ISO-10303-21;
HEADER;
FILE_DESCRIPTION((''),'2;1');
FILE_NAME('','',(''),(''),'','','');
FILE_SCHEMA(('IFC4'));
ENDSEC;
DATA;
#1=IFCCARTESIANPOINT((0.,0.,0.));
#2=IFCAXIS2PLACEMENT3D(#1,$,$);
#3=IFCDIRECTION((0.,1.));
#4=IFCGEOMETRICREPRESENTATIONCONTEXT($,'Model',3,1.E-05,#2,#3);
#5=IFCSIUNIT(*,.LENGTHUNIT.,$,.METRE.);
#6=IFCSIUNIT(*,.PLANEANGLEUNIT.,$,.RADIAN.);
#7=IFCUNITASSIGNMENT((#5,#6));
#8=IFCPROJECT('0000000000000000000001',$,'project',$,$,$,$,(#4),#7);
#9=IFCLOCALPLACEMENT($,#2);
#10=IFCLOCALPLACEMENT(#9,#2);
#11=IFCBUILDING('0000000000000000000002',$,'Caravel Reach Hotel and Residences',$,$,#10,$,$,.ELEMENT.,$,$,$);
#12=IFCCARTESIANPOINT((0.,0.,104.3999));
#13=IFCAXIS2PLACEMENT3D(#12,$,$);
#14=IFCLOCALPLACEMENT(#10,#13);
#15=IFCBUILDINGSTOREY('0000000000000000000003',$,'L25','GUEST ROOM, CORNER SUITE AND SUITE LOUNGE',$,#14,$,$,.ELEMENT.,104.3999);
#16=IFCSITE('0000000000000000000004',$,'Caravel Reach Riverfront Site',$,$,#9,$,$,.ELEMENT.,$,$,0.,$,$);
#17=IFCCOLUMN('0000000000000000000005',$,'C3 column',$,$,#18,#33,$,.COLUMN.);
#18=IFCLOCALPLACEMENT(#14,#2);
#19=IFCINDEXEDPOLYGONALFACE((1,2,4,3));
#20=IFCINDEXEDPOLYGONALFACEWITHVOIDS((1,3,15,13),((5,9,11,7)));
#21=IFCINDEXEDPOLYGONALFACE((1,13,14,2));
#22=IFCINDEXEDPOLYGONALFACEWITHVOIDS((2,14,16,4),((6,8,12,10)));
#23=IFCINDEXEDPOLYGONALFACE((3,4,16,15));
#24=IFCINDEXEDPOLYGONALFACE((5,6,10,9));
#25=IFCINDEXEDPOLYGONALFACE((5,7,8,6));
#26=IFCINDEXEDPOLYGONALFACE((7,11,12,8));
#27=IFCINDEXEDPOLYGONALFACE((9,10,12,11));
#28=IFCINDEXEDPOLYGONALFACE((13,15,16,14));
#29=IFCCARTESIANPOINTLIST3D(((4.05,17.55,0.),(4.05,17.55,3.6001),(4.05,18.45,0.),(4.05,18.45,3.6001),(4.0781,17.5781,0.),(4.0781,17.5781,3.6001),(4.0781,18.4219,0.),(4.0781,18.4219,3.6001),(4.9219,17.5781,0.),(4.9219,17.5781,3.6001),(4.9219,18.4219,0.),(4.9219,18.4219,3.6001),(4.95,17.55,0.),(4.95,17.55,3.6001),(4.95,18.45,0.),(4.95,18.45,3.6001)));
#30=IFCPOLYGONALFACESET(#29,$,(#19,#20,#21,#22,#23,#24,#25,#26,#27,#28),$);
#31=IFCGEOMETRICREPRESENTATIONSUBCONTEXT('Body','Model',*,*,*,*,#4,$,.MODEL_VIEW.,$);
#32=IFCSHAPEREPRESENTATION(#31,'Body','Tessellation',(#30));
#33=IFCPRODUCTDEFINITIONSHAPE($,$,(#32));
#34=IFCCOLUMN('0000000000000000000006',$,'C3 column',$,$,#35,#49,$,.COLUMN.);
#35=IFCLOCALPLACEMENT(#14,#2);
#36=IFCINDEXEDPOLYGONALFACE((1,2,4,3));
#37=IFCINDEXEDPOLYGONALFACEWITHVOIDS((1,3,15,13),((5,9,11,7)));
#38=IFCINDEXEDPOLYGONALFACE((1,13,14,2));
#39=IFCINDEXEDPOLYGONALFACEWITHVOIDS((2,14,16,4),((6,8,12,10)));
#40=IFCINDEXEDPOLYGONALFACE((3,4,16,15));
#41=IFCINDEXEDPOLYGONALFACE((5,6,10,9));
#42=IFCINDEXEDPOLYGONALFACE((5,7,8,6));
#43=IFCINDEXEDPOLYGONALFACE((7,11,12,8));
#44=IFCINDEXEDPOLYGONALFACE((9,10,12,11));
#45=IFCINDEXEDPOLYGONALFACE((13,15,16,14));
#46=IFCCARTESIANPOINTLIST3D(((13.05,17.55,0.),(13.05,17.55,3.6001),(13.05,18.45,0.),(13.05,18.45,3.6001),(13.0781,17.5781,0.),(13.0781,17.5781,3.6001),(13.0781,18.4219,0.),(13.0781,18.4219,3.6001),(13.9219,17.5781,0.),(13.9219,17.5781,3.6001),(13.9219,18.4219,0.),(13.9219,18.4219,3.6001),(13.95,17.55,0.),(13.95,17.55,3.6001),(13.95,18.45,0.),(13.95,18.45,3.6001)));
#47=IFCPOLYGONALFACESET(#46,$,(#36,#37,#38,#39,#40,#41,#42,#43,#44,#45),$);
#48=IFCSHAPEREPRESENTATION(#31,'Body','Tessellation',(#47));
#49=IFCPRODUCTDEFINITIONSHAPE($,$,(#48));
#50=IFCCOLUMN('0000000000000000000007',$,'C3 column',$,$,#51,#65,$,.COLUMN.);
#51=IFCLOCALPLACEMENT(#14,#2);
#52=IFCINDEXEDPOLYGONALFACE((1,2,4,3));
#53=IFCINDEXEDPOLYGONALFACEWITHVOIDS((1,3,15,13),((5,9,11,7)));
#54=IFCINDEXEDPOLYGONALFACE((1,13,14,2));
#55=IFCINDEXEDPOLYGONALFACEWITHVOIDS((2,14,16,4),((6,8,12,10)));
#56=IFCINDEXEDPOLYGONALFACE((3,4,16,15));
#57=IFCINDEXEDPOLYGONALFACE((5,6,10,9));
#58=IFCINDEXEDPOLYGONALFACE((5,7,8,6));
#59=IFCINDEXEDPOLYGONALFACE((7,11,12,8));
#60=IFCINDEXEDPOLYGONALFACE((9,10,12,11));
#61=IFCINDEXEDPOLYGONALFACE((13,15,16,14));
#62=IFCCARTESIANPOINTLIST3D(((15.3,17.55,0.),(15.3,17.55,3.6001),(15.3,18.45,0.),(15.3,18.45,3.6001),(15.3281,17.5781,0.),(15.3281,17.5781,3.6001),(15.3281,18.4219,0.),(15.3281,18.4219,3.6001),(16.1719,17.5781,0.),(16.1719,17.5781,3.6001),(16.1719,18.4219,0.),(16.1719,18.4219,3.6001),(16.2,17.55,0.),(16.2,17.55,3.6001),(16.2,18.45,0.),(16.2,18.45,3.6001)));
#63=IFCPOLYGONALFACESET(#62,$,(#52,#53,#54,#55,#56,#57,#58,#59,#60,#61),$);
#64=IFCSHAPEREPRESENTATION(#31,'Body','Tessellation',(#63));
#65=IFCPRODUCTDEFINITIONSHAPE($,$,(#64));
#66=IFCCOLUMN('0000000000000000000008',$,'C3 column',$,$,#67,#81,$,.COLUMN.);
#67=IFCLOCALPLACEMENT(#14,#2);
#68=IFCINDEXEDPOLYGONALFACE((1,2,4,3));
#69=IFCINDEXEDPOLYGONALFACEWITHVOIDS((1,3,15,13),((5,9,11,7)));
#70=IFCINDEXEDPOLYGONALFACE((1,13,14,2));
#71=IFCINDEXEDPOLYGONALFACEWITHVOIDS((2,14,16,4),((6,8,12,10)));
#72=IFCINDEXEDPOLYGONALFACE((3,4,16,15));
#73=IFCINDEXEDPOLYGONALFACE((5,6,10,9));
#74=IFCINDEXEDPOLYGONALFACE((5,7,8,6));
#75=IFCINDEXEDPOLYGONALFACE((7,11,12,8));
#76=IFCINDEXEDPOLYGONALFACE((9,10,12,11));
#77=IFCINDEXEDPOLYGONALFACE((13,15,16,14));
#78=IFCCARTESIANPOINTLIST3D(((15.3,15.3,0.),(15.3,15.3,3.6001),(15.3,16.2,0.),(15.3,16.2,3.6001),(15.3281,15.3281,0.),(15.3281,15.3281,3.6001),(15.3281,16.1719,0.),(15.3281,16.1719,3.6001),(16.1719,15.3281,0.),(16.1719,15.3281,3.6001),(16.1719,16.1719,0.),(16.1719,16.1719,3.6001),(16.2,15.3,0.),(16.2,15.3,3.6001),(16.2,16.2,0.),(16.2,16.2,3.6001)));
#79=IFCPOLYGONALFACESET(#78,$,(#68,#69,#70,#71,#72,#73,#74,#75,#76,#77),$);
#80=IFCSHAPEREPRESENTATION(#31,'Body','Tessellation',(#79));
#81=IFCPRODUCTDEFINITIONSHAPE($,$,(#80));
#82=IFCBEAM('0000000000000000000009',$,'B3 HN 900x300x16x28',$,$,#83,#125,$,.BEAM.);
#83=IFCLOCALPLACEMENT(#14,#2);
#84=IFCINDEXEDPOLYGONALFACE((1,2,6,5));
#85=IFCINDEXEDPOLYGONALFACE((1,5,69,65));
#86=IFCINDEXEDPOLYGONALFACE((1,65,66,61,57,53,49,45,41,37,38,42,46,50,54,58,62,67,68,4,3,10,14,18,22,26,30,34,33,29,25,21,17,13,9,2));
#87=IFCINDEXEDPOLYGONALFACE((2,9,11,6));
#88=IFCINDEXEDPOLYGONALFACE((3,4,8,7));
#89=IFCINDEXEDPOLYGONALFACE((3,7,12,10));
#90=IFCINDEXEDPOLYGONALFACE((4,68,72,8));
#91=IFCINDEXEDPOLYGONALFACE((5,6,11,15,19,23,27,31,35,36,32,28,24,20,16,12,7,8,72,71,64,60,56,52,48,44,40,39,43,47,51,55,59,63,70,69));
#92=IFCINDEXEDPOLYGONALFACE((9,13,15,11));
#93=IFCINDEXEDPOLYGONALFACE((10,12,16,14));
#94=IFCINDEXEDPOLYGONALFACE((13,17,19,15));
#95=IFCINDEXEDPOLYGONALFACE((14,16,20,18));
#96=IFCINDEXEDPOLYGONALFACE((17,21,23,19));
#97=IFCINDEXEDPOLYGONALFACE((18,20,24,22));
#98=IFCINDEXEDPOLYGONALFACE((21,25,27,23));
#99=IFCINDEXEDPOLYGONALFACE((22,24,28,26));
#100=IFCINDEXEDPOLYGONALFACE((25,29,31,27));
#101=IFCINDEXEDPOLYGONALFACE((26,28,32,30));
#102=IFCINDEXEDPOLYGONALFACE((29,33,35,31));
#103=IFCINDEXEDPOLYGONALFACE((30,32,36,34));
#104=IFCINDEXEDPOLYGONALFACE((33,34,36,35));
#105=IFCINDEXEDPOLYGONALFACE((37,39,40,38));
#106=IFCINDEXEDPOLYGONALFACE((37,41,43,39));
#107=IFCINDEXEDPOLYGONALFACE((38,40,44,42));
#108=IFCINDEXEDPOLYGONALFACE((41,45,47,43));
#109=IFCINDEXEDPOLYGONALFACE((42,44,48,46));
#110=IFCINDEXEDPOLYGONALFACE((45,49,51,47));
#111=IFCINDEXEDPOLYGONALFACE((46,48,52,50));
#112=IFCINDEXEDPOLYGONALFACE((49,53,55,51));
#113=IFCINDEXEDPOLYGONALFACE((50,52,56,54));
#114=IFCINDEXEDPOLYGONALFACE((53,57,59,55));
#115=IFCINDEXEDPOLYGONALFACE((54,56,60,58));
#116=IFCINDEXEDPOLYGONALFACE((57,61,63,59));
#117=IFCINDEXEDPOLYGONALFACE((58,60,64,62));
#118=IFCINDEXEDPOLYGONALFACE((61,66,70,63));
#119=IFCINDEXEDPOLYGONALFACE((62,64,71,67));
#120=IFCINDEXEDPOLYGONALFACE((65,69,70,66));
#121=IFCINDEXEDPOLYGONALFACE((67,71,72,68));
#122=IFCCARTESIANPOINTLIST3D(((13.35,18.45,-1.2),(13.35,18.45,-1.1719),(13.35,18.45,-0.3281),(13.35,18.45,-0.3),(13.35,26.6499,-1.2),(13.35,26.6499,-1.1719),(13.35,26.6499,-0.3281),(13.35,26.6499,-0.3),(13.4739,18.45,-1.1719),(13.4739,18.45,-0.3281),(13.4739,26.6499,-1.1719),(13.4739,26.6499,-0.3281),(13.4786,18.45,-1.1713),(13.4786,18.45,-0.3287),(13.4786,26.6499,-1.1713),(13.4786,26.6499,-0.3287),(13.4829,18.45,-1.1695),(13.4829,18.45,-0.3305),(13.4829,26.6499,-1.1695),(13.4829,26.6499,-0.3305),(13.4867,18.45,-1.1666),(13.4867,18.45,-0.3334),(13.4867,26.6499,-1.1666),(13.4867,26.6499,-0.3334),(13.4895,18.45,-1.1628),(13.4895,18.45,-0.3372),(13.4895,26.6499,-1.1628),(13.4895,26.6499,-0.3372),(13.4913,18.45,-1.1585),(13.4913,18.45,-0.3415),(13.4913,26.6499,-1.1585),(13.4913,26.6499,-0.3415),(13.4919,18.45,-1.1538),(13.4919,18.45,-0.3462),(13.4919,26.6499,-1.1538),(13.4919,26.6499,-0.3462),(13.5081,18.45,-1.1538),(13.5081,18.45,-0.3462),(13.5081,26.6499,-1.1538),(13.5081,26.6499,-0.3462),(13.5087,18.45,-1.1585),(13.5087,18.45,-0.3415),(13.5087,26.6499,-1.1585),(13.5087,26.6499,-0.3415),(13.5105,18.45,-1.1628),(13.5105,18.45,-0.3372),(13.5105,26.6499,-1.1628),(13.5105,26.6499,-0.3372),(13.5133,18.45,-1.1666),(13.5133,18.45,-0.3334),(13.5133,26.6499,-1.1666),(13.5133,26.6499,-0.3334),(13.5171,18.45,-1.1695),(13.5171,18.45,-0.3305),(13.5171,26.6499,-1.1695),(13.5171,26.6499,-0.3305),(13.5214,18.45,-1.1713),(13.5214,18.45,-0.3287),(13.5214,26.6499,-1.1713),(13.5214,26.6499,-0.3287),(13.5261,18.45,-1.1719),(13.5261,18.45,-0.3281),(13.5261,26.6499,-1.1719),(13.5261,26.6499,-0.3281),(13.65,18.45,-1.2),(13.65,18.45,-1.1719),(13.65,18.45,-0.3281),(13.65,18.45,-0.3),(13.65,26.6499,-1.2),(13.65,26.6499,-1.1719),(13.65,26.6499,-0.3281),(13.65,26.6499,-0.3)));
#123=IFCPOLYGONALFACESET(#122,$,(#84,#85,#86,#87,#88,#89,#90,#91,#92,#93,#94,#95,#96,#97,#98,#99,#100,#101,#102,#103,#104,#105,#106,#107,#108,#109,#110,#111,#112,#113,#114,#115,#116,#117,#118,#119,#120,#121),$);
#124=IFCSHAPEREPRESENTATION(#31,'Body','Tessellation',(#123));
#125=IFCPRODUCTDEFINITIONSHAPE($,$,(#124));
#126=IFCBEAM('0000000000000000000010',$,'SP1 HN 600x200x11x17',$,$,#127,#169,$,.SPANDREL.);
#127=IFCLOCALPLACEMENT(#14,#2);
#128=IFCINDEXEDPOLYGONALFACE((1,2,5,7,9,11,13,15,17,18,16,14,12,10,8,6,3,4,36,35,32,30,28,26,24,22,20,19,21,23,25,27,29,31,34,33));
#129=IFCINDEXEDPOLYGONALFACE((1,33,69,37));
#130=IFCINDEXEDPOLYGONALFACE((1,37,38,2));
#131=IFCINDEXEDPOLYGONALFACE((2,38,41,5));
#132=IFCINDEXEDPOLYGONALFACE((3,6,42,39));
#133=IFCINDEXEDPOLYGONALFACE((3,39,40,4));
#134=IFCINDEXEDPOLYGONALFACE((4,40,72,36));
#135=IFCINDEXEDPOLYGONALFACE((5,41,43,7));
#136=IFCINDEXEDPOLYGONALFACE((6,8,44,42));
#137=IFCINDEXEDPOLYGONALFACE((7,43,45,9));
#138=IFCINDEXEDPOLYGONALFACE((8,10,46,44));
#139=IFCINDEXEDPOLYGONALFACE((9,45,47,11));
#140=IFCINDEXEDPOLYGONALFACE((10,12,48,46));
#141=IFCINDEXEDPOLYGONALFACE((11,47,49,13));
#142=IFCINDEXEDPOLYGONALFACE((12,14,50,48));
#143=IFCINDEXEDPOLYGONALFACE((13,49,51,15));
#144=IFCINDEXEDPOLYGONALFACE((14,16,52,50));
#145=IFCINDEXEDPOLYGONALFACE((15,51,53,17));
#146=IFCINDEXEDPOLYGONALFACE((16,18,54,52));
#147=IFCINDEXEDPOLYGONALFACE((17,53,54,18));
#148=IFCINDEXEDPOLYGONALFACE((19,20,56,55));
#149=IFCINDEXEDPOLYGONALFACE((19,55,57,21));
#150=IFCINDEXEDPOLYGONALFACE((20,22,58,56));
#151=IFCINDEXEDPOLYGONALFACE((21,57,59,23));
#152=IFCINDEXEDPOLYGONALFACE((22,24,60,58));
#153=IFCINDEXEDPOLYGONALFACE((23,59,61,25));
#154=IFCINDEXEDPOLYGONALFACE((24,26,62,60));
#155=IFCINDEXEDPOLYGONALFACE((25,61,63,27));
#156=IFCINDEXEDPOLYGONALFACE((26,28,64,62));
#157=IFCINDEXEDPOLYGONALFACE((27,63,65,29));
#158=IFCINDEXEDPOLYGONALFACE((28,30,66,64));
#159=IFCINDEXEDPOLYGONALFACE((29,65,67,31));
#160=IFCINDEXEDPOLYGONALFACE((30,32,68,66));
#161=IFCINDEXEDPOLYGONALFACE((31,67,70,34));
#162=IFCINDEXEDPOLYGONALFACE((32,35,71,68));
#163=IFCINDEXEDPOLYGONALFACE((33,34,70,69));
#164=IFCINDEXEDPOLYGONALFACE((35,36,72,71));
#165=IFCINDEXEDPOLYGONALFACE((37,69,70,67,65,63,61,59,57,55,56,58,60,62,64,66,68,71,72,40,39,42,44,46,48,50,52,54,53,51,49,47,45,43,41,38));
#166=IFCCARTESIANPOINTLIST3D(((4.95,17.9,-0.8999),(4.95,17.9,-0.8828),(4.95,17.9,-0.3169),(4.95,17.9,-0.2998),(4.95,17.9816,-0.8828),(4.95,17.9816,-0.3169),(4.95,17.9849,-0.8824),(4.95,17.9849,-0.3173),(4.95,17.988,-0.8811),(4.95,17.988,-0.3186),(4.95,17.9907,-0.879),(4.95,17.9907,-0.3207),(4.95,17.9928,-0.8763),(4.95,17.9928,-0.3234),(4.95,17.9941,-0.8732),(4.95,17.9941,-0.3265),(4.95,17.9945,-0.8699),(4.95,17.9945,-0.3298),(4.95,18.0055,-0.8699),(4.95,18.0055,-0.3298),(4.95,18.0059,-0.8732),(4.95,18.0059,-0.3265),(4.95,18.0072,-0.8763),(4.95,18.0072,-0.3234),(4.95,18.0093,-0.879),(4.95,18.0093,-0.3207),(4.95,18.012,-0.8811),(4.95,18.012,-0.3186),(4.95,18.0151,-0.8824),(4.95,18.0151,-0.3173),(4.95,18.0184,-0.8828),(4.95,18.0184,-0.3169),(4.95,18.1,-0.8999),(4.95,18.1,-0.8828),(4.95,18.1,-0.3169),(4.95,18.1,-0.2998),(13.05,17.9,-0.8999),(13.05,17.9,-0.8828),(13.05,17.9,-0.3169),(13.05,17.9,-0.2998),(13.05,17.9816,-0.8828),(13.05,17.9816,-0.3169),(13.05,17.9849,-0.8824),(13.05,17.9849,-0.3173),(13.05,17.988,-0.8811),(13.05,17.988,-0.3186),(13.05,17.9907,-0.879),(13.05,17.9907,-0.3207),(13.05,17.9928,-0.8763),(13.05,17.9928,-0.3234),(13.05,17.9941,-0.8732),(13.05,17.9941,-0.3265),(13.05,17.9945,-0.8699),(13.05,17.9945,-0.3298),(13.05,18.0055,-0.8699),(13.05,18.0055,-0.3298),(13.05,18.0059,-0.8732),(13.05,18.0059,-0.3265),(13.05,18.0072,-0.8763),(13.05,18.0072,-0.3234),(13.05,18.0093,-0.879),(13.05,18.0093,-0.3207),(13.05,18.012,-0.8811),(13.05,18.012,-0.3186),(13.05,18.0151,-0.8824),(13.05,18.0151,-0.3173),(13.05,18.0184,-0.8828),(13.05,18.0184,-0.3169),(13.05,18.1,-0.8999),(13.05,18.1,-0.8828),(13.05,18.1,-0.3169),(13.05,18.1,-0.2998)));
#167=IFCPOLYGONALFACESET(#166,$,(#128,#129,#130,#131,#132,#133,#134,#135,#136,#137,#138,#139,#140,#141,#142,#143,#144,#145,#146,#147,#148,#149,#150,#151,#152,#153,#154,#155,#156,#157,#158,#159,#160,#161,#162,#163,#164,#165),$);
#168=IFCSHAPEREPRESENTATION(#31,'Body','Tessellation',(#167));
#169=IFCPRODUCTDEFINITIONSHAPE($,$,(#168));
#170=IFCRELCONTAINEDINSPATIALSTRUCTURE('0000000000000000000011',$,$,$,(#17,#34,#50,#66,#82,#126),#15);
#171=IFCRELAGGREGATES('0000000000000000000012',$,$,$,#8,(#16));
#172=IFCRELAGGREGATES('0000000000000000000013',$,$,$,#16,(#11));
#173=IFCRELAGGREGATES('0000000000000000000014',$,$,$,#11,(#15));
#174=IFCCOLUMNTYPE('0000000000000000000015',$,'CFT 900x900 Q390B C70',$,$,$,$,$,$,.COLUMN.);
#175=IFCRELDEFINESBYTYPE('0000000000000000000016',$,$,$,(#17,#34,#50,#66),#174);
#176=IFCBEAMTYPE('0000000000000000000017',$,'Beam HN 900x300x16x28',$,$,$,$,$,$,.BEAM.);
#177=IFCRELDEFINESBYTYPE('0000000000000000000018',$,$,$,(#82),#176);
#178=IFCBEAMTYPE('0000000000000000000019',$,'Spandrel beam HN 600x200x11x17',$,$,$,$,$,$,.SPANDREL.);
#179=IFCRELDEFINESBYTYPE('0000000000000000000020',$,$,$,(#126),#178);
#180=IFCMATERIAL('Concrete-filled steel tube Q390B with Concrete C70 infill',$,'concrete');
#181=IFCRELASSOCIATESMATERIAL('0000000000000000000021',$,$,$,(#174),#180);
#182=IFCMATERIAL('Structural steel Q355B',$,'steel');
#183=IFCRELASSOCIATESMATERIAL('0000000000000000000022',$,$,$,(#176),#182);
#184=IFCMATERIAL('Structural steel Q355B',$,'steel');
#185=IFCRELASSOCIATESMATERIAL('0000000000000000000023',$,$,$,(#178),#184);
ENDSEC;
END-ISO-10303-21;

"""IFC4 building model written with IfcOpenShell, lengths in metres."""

from ifc_helpers import new_model, si_unit, direction, frame, origin, origin_2d, place, context, subcontext, project, spatial, hollow_rectangle, i_section, extrude, material, material_profile, profile_set, type_object, element, save


model = new_model("IFC4")

# Units and contexts
model_context = context("Model", 3, precision=1e-05, world=origin(), true_north=direction((0.0, 1.0)))
body_context = subcontext(model_context, "Body", "Model", "MODEL_VIEW")
ifc_project = project(units=[si_unit("LENGTHUNIT", "METRE"), si_unit("PLANEANGLEUNIT", "RADIAN")], contexts=[model_context])

# Site, building, storey
site_placement = place(None, origin())
site = spatial("IfcSite", under=ifc_project, at=site_placement, Name="Caravel Reach Riverfront Site", CompositionType="ELEMENT", RefElevation=0.0)
building_placement = place(site_placement, origin())
building = spatial("IfcBuilding", under=site, at=building_placement, Name="Caravel Reach Hotel and Residences", CompositionType="ELEMENT")
storey_placement = place(building_placement, frame((0.0, 0.0, 104.3999)))
storey = spatial("IfcBuildingStorey", under=building, at=storey_placement, Name="L25", Description="GUEST ROOM, CORNER SUITE AND SUITE LOUNGE", CompositionType="ELEMENT", Elevation=104.3999)

# Columns
ifc_material_1 = material(Name="Concrete-filled steel tube Q390B with Concrete C70 infill", Category="concrete")
ifc_material_profile_1 = material_profile(ifc_material_1, hollow_rectangle(XDim=0.8999, YDim=0.8999, WallThickness=0.0281, at=origin_2d()), Name="RHS 900x900x28")
ifc_profile_set_1 = profile_set([ifc_material_profile_1], Name="Concrete-filled steel tube Q390B with Concrete C70 infill")
column_type = type_object("IfcColumnType", Name="CFT 900x900 Q390B C70", PredefinedType="COLUMN", material=ifc_profile_set_1)
for number, where, z_axis, x_axis, name in (
    (1, (4.5, 18.0, 0.0), (0.0, 0.0, 1.0), (1.0, 0.0, 0.0), "C3 column"),
    (2, (13.5, 18.0, 0.0), (0.0, 0.0, 1.0), (1.0, 0.0, 0.0), "C3 column"),
    (3, (15.75, 18.0, 0.0), (0.0, 0.0, 1.0), (1.0, 0.0, 0.0), "C3 column"),
    (4, (15.75, 15.75, 0.0), (0.0, 0.0, 1.0), (1.0, 0.0, 0.0), "C3 column"),
):
    element("IfcColumn", number, at=place(storey_placement, frame(where, z_axis=z_axis, x_axis=x_axis)), inside=storey, type_object=column_type, Name=name, PredefinedType="COLUMN", context=body_context, shape_type="SweptSolid", body=[
        extrude(hollow_rectangle(XDim=0.8999, YDim=0.8999, WallThickness=0.0281, at=origin_2d()), origin(), (0.0, 0.0, 1.0), 3.6001),
    ])

# Beams
ifc_material_2 = material(Name="Structural steel Q355B", Category="steel")
ifc_material_profile_2 = material_profile(ifc_material_2, i_section(OverallWidth=0.3, OverallDepth=0.8999, WebThickness=0.0161, FlangeThickness=0.0281, FilletRadius=0.0181, at=origin_2d()), Name="HN 900x300x16x28")
ifc_profile_set_2 = profile_set([ifc_material_profile_2], Name="Structural steel Q355B")
beam_type_1 = type_object("IfcBeamType", Name="Beam HN 900x300x16x28", PredefinedType="BEAM", material=ifc_profile_set_2)
beam_1_placement = place(storey_placement, frame((13.5, 18.45, -0.75), z_axis=(0.0, 1.0, 0.0), x_axis=(-1.0, 0.0, 0.0)))
element("IfcBeam", 5, at=beam_1_placement, inside=storey, type_object=beam_type_1, Name="B3 HN 900x300x16x28", PredefinedType="BEAM", context=body_context, shape_type="SweptSolid", body=[
    extrude(i_section(OverallWidth=0.3, OverallDepth=0.8999, WebThickness=0.0161, FlangeThickness=0.0281, FilletRadius=0.0181, at=origin_2d()), origin(), (0.0, 0.0, 1.0), 8.2),
])
ifc_material_3 = material(Name="Structural steel Q355B", Category="steel")
ifc_material_profile_3 = material_profile(ifc_material_3, i_section(OverallWidth=0.2, OverallDepth=0.6001, WebThickness=0.011, FlangeThickness=0.0171, FilletRadius=0.0129, at=origin_2d()), Name="HN 600x200x11x17")
ifc_profile_set_3 = profile_set([ifc_material_profile_3], Name="Structural steel Q355B")
beam_type_2 = type_object("IfcBeamType", Name="Spandrel beam HN 600x200x11x17", PredefinedType="SPANDREL", material=ifc_profile_set_3)
beam_2_placement = place(storey_placement, frame((4.95, 18.0, -0.5999), z_axis=(1.0, 0.0, 0.0), x_axis=(0.0, 1.0, 0.0)))
element("IfcBeam", 6, at=beam_2_placement, inside=storey, type_object=beam_type_2, Name="SP1 HN 600x200x11x17", PredefinedType="SPANDREL", context=body_context, shape_type="SweptSolid", body=[
    extrude(i_section(OverallWidth=0.2, OverallDepth=0.6001, WebThickness=0.011, FlangeThickness=0.0171, FilletRadius=0.0129, at=origin_2d()), origin(), (0.0, 0.0, 1.0), 8.1001),
])

save(model, "model.ifc")
